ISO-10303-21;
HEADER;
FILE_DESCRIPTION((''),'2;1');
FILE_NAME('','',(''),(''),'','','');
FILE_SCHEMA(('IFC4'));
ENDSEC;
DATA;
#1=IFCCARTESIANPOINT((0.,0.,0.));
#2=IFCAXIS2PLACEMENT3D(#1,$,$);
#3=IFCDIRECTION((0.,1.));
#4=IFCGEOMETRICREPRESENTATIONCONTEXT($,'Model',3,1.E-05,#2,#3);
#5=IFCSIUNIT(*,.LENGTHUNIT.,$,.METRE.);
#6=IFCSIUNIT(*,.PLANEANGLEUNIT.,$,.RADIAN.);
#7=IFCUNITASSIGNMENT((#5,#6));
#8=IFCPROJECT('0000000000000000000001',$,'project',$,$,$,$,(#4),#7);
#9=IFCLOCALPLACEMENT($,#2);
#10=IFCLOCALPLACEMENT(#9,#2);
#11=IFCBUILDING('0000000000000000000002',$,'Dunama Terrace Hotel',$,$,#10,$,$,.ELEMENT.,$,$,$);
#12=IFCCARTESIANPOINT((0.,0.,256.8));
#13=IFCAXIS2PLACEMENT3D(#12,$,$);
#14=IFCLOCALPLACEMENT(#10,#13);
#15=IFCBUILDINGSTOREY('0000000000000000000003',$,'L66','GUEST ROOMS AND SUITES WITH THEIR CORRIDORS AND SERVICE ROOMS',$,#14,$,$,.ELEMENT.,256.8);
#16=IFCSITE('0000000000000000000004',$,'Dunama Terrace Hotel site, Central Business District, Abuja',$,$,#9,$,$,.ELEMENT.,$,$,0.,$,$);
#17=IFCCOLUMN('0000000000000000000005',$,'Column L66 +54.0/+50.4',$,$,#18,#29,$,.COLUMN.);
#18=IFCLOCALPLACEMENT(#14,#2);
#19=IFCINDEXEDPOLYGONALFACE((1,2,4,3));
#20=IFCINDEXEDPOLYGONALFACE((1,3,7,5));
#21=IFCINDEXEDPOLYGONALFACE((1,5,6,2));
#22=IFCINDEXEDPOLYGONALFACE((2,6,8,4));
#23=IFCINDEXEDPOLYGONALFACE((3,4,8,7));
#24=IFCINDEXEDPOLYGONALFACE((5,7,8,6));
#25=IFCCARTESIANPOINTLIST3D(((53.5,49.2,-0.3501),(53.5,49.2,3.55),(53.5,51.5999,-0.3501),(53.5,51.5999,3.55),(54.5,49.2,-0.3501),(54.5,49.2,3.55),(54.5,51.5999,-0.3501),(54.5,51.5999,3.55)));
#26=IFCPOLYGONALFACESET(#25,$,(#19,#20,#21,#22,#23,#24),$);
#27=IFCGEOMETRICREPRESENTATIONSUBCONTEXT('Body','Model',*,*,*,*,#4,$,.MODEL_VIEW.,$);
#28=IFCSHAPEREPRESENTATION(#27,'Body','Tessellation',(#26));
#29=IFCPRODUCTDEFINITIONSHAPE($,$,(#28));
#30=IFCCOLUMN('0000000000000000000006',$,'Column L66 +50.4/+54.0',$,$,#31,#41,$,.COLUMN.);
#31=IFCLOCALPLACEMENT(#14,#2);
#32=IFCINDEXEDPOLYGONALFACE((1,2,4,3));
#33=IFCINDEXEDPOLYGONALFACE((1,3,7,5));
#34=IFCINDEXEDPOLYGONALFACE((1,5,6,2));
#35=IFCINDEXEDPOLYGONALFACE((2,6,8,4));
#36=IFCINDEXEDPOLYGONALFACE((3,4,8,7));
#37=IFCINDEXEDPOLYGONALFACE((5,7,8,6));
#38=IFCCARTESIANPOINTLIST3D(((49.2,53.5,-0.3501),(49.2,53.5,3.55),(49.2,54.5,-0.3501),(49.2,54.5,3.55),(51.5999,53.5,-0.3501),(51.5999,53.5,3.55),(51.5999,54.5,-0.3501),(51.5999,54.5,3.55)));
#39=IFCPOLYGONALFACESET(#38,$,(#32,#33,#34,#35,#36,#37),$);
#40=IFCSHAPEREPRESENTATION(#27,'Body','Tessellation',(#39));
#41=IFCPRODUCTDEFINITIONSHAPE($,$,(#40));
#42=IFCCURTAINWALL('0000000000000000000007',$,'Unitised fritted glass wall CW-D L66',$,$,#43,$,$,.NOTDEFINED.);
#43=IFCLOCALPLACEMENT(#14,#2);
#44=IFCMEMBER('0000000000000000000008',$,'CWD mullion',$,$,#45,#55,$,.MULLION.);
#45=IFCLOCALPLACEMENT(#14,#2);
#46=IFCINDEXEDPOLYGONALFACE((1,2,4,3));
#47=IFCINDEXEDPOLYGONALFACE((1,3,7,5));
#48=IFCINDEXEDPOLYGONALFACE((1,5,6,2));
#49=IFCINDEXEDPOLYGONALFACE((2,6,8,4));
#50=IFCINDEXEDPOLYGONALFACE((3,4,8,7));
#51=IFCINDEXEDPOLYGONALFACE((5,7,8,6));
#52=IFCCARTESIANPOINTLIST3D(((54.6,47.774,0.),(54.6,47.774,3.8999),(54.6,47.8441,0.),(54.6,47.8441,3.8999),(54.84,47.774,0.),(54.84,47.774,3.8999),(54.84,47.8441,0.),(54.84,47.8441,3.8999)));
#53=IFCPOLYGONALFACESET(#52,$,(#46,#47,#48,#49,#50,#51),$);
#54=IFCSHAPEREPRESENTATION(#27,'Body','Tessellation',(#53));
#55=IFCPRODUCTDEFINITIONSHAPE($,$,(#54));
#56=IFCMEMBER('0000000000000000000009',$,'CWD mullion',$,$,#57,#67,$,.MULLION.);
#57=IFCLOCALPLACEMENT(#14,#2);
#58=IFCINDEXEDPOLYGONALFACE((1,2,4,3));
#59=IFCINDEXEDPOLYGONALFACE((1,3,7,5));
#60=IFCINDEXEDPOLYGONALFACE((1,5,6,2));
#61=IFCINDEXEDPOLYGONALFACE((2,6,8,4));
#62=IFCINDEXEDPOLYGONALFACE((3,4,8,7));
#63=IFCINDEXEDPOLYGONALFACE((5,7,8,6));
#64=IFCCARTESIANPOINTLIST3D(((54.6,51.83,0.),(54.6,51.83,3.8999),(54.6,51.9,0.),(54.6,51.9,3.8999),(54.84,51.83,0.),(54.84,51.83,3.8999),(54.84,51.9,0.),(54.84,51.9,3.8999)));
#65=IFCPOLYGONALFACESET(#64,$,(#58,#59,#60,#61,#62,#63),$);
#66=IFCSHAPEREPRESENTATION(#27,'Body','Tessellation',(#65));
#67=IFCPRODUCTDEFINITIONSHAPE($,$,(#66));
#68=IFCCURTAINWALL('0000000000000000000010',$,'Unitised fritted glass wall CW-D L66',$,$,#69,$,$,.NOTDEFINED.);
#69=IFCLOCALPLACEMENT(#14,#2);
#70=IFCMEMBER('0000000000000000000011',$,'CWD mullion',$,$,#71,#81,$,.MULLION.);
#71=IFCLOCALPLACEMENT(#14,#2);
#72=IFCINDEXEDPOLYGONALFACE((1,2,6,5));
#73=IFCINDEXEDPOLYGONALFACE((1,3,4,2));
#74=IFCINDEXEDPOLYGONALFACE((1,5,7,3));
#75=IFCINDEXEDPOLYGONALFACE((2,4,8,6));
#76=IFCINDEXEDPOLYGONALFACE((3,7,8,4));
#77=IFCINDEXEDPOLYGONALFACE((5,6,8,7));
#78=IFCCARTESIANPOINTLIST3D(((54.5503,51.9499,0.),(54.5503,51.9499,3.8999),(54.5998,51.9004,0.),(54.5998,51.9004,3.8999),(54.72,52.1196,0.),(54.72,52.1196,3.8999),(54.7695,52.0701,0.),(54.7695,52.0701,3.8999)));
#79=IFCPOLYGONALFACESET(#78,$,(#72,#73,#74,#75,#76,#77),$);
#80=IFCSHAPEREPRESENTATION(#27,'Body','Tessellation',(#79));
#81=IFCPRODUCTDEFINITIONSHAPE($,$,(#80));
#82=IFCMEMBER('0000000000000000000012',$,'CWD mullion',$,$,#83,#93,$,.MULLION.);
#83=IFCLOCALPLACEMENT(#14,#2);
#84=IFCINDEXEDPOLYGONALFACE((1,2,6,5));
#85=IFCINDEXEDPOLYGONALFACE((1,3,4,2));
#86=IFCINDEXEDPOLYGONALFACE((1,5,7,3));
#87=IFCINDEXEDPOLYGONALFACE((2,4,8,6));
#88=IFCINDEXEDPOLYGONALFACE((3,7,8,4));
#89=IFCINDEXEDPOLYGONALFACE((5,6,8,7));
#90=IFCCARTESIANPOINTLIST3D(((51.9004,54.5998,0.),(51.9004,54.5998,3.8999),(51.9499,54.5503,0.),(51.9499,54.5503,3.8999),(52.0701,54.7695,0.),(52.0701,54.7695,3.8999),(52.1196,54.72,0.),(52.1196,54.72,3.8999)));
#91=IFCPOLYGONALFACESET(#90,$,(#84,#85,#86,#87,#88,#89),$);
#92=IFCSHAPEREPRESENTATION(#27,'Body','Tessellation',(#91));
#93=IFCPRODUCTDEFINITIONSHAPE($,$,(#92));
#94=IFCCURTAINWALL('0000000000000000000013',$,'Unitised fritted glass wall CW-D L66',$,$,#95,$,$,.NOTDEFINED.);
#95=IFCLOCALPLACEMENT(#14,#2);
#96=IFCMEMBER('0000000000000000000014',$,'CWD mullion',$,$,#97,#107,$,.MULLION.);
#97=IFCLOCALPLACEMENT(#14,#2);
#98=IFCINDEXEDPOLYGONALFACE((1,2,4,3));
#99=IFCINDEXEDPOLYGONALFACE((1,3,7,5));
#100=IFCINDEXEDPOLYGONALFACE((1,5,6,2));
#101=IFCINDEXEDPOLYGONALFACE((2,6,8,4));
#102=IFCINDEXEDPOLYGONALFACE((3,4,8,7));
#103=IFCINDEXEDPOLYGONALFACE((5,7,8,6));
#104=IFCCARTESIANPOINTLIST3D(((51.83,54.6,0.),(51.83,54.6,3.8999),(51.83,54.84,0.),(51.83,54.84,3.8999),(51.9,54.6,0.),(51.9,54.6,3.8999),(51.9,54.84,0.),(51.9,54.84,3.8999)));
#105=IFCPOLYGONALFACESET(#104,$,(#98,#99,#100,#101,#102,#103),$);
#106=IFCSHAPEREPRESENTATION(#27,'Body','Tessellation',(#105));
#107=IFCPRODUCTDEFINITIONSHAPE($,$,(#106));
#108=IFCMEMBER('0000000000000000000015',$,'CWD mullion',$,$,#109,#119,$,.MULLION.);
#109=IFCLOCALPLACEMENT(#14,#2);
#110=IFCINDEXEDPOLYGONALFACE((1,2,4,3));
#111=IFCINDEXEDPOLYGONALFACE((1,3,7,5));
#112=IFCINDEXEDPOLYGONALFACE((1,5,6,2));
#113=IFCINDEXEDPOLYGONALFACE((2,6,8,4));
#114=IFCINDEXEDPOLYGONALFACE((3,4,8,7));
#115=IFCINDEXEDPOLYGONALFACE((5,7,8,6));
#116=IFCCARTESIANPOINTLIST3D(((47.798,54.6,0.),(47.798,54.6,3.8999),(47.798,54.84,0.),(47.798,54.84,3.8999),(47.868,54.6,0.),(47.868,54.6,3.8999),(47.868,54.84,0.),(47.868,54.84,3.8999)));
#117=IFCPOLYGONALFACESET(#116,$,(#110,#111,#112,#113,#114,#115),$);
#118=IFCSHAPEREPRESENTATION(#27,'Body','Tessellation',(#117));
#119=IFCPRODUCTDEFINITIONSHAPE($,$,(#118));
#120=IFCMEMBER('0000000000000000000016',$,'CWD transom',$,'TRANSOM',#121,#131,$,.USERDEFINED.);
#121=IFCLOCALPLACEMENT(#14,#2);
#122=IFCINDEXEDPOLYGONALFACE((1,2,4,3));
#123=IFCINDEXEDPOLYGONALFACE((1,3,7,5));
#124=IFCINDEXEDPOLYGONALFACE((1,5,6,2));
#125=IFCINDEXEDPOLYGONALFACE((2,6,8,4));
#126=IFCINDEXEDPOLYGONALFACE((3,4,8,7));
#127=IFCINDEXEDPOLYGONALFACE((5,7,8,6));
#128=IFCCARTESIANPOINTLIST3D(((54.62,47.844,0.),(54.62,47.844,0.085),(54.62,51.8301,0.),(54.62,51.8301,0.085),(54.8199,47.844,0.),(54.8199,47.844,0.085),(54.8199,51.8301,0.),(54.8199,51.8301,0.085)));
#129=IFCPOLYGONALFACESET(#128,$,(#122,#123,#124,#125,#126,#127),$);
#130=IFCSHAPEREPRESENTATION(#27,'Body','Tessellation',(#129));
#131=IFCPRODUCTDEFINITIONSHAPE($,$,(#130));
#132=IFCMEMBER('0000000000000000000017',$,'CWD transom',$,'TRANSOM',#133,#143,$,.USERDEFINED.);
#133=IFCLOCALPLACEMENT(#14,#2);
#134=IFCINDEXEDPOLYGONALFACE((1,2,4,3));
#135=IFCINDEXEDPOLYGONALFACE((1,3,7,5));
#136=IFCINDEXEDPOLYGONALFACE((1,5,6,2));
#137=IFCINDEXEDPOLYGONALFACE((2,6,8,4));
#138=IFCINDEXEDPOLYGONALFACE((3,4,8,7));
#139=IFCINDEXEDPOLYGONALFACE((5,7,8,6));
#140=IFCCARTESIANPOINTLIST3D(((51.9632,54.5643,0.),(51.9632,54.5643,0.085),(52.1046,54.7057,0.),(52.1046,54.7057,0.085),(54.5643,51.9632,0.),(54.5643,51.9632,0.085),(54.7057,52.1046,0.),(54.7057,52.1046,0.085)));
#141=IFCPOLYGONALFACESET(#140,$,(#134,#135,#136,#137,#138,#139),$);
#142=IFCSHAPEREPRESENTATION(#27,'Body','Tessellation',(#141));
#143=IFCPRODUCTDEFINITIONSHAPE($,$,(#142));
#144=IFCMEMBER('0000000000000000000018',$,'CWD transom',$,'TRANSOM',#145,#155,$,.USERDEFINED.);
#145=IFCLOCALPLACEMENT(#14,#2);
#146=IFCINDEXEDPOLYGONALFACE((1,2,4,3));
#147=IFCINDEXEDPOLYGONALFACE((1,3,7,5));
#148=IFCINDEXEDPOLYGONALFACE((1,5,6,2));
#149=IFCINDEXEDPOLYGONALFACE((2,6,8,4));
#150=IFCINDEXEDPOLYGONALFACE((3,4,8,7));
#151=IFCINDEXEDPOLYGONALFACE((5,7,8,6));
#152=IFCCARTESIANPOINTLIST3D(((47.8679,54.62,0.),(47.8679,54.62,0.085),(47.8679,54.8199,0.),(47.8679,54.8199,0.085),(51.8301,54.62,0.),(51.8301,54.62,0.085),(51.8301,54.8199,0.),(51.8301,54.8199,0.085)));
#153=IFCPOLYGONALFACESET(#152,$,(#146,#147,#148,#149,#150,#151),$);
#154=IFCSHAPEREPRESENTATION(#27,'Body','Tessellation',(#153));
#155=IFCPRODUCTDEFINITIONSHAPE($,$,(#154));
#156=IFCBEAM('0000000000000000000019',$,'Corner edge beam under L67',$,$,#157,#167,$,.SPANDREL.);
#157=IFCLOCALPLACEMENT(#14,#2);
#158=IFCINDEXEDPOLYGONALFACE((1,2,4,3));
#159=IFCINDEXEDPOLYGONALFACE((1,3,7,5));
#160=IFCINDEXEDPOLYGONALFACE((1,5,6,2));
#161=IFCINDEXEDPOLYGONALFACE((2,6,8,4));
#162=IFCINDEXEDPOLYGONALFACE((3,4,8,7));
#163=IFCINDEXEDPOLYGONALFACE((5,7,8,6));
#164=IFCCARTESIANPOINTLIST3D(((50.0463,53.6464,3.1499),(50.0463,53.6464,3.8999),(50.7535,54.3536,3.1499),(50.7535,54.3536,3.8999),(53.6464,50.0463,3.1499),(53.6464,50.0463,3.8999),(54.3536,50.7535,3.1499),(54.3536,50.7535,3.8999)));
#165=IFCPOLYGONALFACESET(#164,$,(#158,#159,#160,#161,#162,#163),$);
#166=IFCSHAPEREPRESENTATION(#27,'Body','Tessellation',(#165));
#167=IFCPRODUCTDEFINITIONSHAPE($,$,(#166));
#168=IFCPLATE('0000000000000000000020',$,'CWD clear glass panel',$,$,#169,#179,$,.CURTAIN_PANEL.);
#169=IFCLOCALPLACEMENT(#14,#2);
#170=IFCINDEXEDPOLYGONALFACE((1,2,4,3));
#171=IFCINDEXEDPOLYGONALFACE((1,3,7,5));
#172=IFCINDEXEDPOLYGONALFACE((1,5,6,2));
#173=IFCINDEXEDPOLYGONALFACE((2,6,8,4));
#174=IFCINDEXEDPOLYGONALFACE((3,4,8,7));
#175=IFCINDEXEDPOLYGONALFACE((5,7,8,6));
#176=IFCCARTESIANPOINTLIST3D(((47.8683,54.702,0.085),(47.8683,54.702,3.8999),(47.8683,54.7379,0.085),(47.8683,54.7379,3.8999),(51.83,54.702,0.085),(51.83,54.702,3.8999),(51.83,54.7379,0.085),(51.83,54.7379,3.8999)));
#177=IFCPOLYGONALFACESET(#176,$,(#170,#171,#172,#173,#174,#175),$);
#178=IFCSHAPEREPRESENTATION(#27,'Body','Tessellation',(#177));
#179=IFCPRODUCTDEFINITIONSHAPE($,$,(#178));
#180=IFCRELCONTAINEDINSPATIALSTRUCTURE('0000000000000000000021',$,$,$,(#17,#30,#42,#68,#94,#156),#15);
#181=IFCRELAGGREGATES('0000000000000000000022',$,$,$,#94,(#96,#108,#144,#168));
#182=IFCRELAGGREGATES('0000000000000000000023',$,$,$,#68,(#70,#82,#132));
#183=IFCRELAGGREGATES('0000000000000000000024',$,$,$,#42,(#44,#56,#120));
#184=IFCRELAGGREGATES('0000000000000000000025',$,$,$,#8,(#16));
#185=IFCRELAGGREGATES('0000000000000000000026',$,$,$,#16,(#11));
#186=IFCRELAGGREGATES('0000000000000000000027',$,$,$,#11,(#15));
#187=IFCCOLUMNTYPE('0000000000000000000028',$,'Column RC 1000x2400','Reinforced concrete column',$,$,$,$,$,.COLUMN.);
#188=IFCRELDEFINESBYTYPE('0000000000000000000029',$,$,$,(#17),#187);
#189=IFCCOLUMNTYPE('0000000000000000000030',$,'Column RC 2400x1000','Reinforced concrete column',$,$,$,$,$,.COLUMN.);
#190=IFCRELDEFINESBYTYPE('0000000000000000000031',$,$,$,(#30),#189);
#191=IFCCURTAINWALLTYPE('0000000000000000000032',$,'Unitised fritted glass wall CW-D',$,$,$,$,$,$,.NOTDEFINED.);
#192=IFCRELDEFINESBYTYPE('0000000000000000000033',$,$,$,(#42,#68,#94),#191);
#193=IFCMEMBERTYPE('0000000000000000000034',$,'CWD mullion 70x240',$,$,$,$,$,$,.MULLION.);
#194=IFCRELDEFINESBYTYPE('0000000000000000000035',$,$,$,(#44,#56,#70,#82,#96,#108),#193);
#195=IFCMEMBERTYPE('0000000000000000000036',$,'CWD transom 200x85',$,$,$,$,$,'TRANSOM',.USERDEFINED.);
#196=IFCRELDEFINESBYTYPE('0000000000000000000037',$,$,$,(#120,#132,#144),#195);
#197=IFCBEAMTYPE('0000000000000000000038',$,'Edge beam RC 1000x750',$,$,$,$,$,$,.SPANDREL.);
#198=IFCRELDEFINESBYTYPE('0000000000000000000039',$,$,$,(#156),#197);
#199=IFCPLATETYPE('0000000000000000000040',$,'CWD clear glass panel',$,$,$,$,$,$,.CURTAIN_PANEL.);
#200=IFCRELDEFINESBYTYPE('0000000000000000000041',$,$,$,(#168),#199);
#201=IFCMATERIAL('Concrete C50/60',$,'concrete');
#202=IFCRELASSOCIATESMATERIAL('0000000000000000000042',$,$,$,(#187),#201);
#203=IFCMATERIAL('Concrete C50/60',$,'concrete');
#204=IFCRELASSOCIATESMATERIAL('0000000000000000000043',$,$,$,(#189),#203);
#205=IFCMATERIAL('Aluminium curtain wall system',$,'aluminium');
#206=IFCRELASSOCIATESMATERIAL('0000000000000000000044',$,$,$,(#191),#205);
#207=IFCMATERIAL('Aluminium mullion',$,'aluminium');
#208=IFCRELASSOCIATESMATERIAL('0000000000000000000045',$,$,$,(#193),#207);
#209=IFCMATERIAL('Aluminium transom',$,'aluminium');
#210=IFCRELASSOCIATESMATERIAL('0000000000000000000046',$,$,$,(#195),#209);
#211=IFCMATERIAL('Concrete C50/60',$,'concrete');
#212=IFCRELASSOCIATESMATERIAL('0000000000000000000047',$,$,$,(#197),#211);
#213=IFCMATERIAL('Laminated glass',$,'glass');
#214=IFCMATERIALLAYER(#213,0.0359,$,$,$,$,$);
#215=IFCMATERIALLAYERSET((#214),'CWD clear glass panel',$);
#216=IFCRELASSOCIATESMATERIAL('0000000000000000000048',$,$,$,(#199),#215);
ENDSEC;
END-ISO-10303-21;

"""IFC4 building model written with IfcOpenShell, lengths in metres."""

from ifc_helpers import new_model, si_unit, direction, frame, origin, origin_2d, place, context, subcontext, project, spatial, rectangle, extrude, material, layer, layer_set, material_profile, profile_set, type_object, element, aggregate, save


model = new_model("IFC4")

# Units and contexts
model_context = context("Model", 3, precision=1e-05, world=origin(), true_north=direction((0.0, 1.0)))
body_context = subcontext(model_context, "Body", "Model", "MODEL_VIEW")
ifc_project = project(units=[si_unit("LENGTHUNIT", "METRE"), si_unit("PLANEANGLEUNIT", "RADIAN")], contexts=[model_context])

# Site, building, storey
site_placement = place(None, origin())
site = spatial("IfcSite", under=ifc_project, at=site_placement, Name="Dunama Terrace Hotel site, Central Business District, Abuja", CompositionType="ELEMENT", RefElevation=0.0)
building_placement = place(site_placement, origin())
building = spatial("IfcBuilding", under=site, at=building_placement, Name="Dunama Terrace Hotel", CompositionType="ELEMENT")
storey_placement = place(building_placement, frame((0.0, 0.0, 256.8)))
storey = spatial("IfcBuildingStorey", under=building, at=storey_placement, Name="L66", Description="GUEST ROOMS AND SUITES WITH THEIR CORRIDORS AND SERVICE ROOMS", CompositionType="ELEMENT", Elevation=256.8)

# Columns
ifc_material_1 = material(Name="Concrete C50/60", Category="concrete")
ifc_material_profile_1 = material_profile(ifc_material_1, rectangle(XDim=1.0, YDim=2.3999, at=origin_2d()), Name="RC 1000x2400")
ifc_profile_set_1 = profile_set([ifc_material_profile_1], Name="Concrete C50/60")
column_type_1 = type_object("IfcColumnType", Name="Column RC 1000x2400", Description="Reinforced concrete column", PredefinedType="COLUMN", material=ifc_profile_set_1)
column_1_placement = place(storey_placement, frame((54.0, 50.3999, -0.3501), z_axis=(0.0, 0.0, 1.0), x_axis=(1.0, 0.0, 0.0)))
element("IfcColumn", 1, at=column_1_placement, inside=storey, type_object=column_type_1, Name="Column L66 +54.0/+50.4", PredefinedType="COLUMN", context=body_context, shape_type="SweptSolid", body=[
    extrude(rectangle(XDim=1.0, YDim=2.3999, at=origin_2d()), origin(), (0.0, 0.0, 1.0), 3.9001),
])
ifc_material_2 = material(Name="Concrete C50/60", Category="concrete")
ifc_material_profile_2 = material_profile(ifc_material_2, rectangle(XDim=2.3999, YDim=1.0, at=origin_2d()), Name="RC 2400x1000")
ifc_profile_set_2 = profile_set([ifc_material_profile_2], Name="Concrete C50/60")
column_type_2 = type_object("IfcColumnType", Name="Column RC 2400x1000", Description="Reinforced concrete column", PredefinedType="COLUMN", material=ifc_profile_set_2)
column_2_placement = place(storey_placement, frame((50.3999, 54.0, -0.3501), z_axis=(0.0, 0.0, 1.0), x_axis=(1.0, 0.0, 0.0)))
element("IfcColumn", 2, at=column_2_placement, inside=storey, type_object=column_type_2, Name="Column L66 +50.4/+54.0", PredefinedType="COLUMN", context=body_context, shape_type="SweptSolid", body=[
    extrude(rectangle(XDim=2.3999, YDim=1.0, at=origin_2d()), origin(), (0.0, 0.0, 1.0), 3.9001),
])

# Curtain walls, members
ifc_material_3 = material(Name="Aluminium curtain wall system", Category="aluminium")
curtain_wall_type = type_object("IfcCurtainWallType", Name="Unitised fritted glass wall CW-D", PredefinedType="NOTDEFINED", material=ifc_material_3)
curtain_wall_1_placement = place(storey_placement, origin())
curtain_wall_1 = element("IfcCurtainWall", 3, at=curtain_wall_1_placement, inside=storey, type_object=curtain_wall_type, Name="Unitised fritted glass wall CW-D L66", PredefinedType="NOTDEFINED")
ifc_material_4 = material(Name="Aluminium mullion", Category="aluminium")
ifc_material_profile_3 = material_profile(ifc_material_4, rectangle(XDim=0.0701, YDim=0.24, at=origin_2d()), Name="CWD MULLION 70X240")
ifc_profile_set_3 = profile_set([ifc_material_profile_3], Name="Aluminium mullion")
member_type_1 = type_object("IfcMemberType", Name="CWD mullion 70x240", PredefinedType="MULLION", material=ifc_profile_set_3)
member_1_placement = place(storey_placement, frame((54.72, 47.8091, 0.0), z_axis=(0.0, 0.0, 1.0), x_axis=(0.0, 1.0, 0.0)))
member_1 = element("IfcMember", 4, at=member_1_placement, type_object=member_type_1, Name="CWD mullion", PredefinedType="MULLION", context=body_context, shape_type="SweptSolid", body=[
    extrude(rectangle(XDim=0.0701, YDim=0.24, at=origin_2d()), origin(), (0.0, 0.0, 1.0), 3.8999),
])
member_2_placement = place(storey_placement, frame((54.72, 51.865, 0.0), z_axis=(0.0, 0.0, 1.0), x_axis=(0.0, 1.0, 0.0)))
member_2 = element("IfcMember", 5, at=member_2_placement, type_object=member_type_1, Name="CWD mullion", PredefinedType="MULLION", context=body_context, shape_type="SweptSolid", body=[
    extrude(rectangle(XDim=0.0701, YDim=0.24, at=origin_2d()), origin(), (0.0, 0.0, 1.0), 3.8999),
])
curtain_wall_2_placement = place(storey_placement, origin())
curtain_wall_2 = element("IfcCurtainWall", 6, at=curtain_wall_2_placement, inside=storey, type_object=curtain_wall_type, Name="Unitised fritted glass wall CW-D L66", PredefinedType="NOTDEFINED")
member_3_placement = place(storey_placement, frame((54.6599, 52.01, 0.0), z_axis=(0.0, 0.0, 1.0), x_axis=(-0.707107, 0.707107, 0.0)))
member_3 = element("IfcMember", 7, at=member_3_placement, type_object=member_type_1, Name="CWD mullion", PredefinedType="MULLION", context=body_context, shape_type="SweptSolid", body=[
    extrude(rectangle(XDim=0.0701, YDim=0.24, at=origin_2d()), origin(), (0.0, 0.0, 1.0), 3.8999),
])
member_4_placement = place(storey_placement, frame((52.01, 54.6599, 0.0), z_axis=(0.0, 0.0, 1.0), x_axis=(-0.707107, 0.707107, 0.0)))
member_4 = element("IfcMember", 8, at=member_4_placement, type_object=member_type_1, Name="CWD mullion", PredefinedType="MULLION", context=body_context, shape_type="SweptSolid", body=[
    extrude(rectangle(XDim=0.0701, YDim=0.24, at=origin_2d()), origin(), (0.0, 0.0, 1.0), 3.8999),
])
curtain_wall_3_placement = place(storey_placement, origin())
curtain_wall_3 = element("IfcCurtainWall", 9, at=curtain_wall_3_placement, inside=storey, type_object=curtain_wall_type, Name="Unitised fritted glass wall CW-D L66", PredefinedType="NOTDEFINED")
member_5_placement = place(storey_placement, frame((51.865, 54.72, 0.0), z_axis=(0.0, 0.0, 1.0), x_axis=(-1.0, 0.0, 0.0)))
member_5 = element("IfcMember", 10, at=member_5_placement, type_object=member_type_1, Name="CWD mullion", PredefinedType="MULLION", context=body_context, shape_type="SweptSolid", body=[
    extrude(rectangle(XDim=0.0701, YDim=0.24, at=origin_2d()), origin(), (0.0, 0.0, 1.0), 3.8999),
])
member_6_placement = place(storey_placement, frame((47.833, 54.72, 0.0), z_axis=(0.0, 0.0, 1.0), x_axis=(-1.0, 0.0, 0.0)))
member_6 = element("IfcMember", 11, at=member_6_placement, type_object=member_type_1, Name="CWD mullion", PredefinedType="MULLION", context=body_context, shape_type="SweptSolid", body=[
    extrude(rectangle(XDim=0.0701, YDim=0.24, at=origin_2d()), origin(), (0.0, 0.0, 1.0), 3.8999),
])

# Members
ifc_material_5 = material(Name="Aluminium transom", Category="aluminium")
ifc_material_profile_4 = material_profile(ifc_material_5, rectangle(XDim=0.2, YDim=0.085, at=origin_2d()), Name="CWD TRANSOM 200X85")
ifc_profile_set_4 = profile_set([ifc_material_profile_4], Name="Aluminium transom")
member_type_2 = type_object("IfcMemberType", Name="CWD transom 200x85", ElementType="TRANSOM", PredefinedType="USERDEFINED", material=ifc_profile_set_4)
member_7_placement = place(storey_placement, frame((54.72, 47.844, 0.0425), z_axis=(0.0, 1.0, 0.0), x_axis=(-1.0, 0.0, 0.0)))
member_7 = element("IfcMember", 12, at=member_7_placement, type_object=member_type_2, Name="CWD transom", ObjectType="TRANSOM", PredefinedType="USERDEFINED", context=body_context, shape_type="SweptSolid", body=[
    extrude(rectangle(XDim=0.2, YDim=0.085, at=origin_2d()), origin(), (0.0, 0.0, 1.0), 3.9861),
])
member_8_placement = place(storey_placement, frame((54.635, 52.0339, 0.0425), z_axis=(-0.707107, 0.707107, 0.0), x_axis=(-0.707107, -0.707107, 0.0)))
member_8 = element("IfcMember", 13, at=member_8_placement, type_object=member_type_2, Name="CWD transom", ObjectType="TRANSOM", PredefinedType="USERDEFINED", context=body_context, shape_type="SweptSolid", body=[
    extrude(rectangle(XDim=0.2, YDim=0.085, at=origin_2d()), origin(), (0.0, 0.0, 1.0), 3.6785),
])
member_9_placement = place(storey_placement, frame((51.8301, 54.72, 0.0425), z_axis=(-1.0, 0.0, 0.0), x_axis=(0.0, -1.0, 0.0)))
member_9 = element("IfcMember", 14, at=member_9_placement, type_object=member_type_2, Name="CWD transom", ObjectType="TRANSOM", PredefinedType="USERDEFINED", context=body_context, shape_type="SweptSolid", body=[
    extrude(rectangle(XDim=0.2, YDim=0.085, at=origin_2d()), origin(), (0.0, 0.0, 1.0), 3.9622),
])

# Beam
ifc_material_6 = material(Name="Concrete C50/60", Category="concrete")
ifc_material_profile_5 = material_profile(ifc_material_6, rectangle(XDim=1.0, YDim=0.75, at=origin_2d()), Name="RC 1000x750")
ifc_profile_set_5 = profile_set([ifc_material_profile_5], Name="Concrete C50/60")
beam_type = type_object("IfcBeamType", Name="Edge beam RC 1000x750", PredefinedType="SPANDREL", material=ifc_profile_set_5)
beam_placement = place(storey_placement, frame((50.3999, 54.0, 3.5249), z_axis=(0.707107, -0.707107, 0.0), x_axis=(0.707107, 0.707107, 0.0)))
element("IfcBeam", 15, at=beam_placement, inside=storey, type_object=beam_type, Name="Corner edge beam under L67", PredefinedType="SPANDREL", context=body_context, shape_type="SweptSolid", body=[
    extrude(rectangle(XDim=1.0, YDim=0.75, at=origin_2d()), origin(), (0.0, 0.0, 1.0), 5.0913),
])

# Plate
ifc_material_7 = material(Name="Laminated glass", Category="glass")
ifc_layer_1 = layer(ifc_material_7, 0.0359)
ifc_layer_set_1 = layer_set([ifc_layer_1], Name="CWD clear glass panel")
plate_type_1 = type_object("IfcPlateType", Name="CWD clear glass panel", PredefinedType="CURTAIN_PANEL", material=ifc_layer_set_1)
plate_1_placement = place(storey_placement, frame((49.8491, 54.72, 0.085), z_axis=(0.0, 0.0, 1.0), x_axis=(-1.0, 0.0, 0.0)))
plate_1 = element("IfcPlate", 16, at=plate_1_placement, type_object=plate_type_1, Name="CWD clear glass panel", PredefinedType="CURTAIN_PANEL", context=body_context, shape_type="SweptSolid", body=[
    extrude(rectangle(XDim=3.9617, YDim=0.0359, at=origin_2d()), origin(), (0.0, 0.0, 1.0), 3.8149),
])
aggregate(curtain_wall_3, [member_5, member_6, member_9, plate_1])
aggregate(curtain_wall_2, [member_3, member_4, member_8])
aggregate(curtain_wall_1, [member_1, member_2, member_7])

save(model, "model.ifc")
